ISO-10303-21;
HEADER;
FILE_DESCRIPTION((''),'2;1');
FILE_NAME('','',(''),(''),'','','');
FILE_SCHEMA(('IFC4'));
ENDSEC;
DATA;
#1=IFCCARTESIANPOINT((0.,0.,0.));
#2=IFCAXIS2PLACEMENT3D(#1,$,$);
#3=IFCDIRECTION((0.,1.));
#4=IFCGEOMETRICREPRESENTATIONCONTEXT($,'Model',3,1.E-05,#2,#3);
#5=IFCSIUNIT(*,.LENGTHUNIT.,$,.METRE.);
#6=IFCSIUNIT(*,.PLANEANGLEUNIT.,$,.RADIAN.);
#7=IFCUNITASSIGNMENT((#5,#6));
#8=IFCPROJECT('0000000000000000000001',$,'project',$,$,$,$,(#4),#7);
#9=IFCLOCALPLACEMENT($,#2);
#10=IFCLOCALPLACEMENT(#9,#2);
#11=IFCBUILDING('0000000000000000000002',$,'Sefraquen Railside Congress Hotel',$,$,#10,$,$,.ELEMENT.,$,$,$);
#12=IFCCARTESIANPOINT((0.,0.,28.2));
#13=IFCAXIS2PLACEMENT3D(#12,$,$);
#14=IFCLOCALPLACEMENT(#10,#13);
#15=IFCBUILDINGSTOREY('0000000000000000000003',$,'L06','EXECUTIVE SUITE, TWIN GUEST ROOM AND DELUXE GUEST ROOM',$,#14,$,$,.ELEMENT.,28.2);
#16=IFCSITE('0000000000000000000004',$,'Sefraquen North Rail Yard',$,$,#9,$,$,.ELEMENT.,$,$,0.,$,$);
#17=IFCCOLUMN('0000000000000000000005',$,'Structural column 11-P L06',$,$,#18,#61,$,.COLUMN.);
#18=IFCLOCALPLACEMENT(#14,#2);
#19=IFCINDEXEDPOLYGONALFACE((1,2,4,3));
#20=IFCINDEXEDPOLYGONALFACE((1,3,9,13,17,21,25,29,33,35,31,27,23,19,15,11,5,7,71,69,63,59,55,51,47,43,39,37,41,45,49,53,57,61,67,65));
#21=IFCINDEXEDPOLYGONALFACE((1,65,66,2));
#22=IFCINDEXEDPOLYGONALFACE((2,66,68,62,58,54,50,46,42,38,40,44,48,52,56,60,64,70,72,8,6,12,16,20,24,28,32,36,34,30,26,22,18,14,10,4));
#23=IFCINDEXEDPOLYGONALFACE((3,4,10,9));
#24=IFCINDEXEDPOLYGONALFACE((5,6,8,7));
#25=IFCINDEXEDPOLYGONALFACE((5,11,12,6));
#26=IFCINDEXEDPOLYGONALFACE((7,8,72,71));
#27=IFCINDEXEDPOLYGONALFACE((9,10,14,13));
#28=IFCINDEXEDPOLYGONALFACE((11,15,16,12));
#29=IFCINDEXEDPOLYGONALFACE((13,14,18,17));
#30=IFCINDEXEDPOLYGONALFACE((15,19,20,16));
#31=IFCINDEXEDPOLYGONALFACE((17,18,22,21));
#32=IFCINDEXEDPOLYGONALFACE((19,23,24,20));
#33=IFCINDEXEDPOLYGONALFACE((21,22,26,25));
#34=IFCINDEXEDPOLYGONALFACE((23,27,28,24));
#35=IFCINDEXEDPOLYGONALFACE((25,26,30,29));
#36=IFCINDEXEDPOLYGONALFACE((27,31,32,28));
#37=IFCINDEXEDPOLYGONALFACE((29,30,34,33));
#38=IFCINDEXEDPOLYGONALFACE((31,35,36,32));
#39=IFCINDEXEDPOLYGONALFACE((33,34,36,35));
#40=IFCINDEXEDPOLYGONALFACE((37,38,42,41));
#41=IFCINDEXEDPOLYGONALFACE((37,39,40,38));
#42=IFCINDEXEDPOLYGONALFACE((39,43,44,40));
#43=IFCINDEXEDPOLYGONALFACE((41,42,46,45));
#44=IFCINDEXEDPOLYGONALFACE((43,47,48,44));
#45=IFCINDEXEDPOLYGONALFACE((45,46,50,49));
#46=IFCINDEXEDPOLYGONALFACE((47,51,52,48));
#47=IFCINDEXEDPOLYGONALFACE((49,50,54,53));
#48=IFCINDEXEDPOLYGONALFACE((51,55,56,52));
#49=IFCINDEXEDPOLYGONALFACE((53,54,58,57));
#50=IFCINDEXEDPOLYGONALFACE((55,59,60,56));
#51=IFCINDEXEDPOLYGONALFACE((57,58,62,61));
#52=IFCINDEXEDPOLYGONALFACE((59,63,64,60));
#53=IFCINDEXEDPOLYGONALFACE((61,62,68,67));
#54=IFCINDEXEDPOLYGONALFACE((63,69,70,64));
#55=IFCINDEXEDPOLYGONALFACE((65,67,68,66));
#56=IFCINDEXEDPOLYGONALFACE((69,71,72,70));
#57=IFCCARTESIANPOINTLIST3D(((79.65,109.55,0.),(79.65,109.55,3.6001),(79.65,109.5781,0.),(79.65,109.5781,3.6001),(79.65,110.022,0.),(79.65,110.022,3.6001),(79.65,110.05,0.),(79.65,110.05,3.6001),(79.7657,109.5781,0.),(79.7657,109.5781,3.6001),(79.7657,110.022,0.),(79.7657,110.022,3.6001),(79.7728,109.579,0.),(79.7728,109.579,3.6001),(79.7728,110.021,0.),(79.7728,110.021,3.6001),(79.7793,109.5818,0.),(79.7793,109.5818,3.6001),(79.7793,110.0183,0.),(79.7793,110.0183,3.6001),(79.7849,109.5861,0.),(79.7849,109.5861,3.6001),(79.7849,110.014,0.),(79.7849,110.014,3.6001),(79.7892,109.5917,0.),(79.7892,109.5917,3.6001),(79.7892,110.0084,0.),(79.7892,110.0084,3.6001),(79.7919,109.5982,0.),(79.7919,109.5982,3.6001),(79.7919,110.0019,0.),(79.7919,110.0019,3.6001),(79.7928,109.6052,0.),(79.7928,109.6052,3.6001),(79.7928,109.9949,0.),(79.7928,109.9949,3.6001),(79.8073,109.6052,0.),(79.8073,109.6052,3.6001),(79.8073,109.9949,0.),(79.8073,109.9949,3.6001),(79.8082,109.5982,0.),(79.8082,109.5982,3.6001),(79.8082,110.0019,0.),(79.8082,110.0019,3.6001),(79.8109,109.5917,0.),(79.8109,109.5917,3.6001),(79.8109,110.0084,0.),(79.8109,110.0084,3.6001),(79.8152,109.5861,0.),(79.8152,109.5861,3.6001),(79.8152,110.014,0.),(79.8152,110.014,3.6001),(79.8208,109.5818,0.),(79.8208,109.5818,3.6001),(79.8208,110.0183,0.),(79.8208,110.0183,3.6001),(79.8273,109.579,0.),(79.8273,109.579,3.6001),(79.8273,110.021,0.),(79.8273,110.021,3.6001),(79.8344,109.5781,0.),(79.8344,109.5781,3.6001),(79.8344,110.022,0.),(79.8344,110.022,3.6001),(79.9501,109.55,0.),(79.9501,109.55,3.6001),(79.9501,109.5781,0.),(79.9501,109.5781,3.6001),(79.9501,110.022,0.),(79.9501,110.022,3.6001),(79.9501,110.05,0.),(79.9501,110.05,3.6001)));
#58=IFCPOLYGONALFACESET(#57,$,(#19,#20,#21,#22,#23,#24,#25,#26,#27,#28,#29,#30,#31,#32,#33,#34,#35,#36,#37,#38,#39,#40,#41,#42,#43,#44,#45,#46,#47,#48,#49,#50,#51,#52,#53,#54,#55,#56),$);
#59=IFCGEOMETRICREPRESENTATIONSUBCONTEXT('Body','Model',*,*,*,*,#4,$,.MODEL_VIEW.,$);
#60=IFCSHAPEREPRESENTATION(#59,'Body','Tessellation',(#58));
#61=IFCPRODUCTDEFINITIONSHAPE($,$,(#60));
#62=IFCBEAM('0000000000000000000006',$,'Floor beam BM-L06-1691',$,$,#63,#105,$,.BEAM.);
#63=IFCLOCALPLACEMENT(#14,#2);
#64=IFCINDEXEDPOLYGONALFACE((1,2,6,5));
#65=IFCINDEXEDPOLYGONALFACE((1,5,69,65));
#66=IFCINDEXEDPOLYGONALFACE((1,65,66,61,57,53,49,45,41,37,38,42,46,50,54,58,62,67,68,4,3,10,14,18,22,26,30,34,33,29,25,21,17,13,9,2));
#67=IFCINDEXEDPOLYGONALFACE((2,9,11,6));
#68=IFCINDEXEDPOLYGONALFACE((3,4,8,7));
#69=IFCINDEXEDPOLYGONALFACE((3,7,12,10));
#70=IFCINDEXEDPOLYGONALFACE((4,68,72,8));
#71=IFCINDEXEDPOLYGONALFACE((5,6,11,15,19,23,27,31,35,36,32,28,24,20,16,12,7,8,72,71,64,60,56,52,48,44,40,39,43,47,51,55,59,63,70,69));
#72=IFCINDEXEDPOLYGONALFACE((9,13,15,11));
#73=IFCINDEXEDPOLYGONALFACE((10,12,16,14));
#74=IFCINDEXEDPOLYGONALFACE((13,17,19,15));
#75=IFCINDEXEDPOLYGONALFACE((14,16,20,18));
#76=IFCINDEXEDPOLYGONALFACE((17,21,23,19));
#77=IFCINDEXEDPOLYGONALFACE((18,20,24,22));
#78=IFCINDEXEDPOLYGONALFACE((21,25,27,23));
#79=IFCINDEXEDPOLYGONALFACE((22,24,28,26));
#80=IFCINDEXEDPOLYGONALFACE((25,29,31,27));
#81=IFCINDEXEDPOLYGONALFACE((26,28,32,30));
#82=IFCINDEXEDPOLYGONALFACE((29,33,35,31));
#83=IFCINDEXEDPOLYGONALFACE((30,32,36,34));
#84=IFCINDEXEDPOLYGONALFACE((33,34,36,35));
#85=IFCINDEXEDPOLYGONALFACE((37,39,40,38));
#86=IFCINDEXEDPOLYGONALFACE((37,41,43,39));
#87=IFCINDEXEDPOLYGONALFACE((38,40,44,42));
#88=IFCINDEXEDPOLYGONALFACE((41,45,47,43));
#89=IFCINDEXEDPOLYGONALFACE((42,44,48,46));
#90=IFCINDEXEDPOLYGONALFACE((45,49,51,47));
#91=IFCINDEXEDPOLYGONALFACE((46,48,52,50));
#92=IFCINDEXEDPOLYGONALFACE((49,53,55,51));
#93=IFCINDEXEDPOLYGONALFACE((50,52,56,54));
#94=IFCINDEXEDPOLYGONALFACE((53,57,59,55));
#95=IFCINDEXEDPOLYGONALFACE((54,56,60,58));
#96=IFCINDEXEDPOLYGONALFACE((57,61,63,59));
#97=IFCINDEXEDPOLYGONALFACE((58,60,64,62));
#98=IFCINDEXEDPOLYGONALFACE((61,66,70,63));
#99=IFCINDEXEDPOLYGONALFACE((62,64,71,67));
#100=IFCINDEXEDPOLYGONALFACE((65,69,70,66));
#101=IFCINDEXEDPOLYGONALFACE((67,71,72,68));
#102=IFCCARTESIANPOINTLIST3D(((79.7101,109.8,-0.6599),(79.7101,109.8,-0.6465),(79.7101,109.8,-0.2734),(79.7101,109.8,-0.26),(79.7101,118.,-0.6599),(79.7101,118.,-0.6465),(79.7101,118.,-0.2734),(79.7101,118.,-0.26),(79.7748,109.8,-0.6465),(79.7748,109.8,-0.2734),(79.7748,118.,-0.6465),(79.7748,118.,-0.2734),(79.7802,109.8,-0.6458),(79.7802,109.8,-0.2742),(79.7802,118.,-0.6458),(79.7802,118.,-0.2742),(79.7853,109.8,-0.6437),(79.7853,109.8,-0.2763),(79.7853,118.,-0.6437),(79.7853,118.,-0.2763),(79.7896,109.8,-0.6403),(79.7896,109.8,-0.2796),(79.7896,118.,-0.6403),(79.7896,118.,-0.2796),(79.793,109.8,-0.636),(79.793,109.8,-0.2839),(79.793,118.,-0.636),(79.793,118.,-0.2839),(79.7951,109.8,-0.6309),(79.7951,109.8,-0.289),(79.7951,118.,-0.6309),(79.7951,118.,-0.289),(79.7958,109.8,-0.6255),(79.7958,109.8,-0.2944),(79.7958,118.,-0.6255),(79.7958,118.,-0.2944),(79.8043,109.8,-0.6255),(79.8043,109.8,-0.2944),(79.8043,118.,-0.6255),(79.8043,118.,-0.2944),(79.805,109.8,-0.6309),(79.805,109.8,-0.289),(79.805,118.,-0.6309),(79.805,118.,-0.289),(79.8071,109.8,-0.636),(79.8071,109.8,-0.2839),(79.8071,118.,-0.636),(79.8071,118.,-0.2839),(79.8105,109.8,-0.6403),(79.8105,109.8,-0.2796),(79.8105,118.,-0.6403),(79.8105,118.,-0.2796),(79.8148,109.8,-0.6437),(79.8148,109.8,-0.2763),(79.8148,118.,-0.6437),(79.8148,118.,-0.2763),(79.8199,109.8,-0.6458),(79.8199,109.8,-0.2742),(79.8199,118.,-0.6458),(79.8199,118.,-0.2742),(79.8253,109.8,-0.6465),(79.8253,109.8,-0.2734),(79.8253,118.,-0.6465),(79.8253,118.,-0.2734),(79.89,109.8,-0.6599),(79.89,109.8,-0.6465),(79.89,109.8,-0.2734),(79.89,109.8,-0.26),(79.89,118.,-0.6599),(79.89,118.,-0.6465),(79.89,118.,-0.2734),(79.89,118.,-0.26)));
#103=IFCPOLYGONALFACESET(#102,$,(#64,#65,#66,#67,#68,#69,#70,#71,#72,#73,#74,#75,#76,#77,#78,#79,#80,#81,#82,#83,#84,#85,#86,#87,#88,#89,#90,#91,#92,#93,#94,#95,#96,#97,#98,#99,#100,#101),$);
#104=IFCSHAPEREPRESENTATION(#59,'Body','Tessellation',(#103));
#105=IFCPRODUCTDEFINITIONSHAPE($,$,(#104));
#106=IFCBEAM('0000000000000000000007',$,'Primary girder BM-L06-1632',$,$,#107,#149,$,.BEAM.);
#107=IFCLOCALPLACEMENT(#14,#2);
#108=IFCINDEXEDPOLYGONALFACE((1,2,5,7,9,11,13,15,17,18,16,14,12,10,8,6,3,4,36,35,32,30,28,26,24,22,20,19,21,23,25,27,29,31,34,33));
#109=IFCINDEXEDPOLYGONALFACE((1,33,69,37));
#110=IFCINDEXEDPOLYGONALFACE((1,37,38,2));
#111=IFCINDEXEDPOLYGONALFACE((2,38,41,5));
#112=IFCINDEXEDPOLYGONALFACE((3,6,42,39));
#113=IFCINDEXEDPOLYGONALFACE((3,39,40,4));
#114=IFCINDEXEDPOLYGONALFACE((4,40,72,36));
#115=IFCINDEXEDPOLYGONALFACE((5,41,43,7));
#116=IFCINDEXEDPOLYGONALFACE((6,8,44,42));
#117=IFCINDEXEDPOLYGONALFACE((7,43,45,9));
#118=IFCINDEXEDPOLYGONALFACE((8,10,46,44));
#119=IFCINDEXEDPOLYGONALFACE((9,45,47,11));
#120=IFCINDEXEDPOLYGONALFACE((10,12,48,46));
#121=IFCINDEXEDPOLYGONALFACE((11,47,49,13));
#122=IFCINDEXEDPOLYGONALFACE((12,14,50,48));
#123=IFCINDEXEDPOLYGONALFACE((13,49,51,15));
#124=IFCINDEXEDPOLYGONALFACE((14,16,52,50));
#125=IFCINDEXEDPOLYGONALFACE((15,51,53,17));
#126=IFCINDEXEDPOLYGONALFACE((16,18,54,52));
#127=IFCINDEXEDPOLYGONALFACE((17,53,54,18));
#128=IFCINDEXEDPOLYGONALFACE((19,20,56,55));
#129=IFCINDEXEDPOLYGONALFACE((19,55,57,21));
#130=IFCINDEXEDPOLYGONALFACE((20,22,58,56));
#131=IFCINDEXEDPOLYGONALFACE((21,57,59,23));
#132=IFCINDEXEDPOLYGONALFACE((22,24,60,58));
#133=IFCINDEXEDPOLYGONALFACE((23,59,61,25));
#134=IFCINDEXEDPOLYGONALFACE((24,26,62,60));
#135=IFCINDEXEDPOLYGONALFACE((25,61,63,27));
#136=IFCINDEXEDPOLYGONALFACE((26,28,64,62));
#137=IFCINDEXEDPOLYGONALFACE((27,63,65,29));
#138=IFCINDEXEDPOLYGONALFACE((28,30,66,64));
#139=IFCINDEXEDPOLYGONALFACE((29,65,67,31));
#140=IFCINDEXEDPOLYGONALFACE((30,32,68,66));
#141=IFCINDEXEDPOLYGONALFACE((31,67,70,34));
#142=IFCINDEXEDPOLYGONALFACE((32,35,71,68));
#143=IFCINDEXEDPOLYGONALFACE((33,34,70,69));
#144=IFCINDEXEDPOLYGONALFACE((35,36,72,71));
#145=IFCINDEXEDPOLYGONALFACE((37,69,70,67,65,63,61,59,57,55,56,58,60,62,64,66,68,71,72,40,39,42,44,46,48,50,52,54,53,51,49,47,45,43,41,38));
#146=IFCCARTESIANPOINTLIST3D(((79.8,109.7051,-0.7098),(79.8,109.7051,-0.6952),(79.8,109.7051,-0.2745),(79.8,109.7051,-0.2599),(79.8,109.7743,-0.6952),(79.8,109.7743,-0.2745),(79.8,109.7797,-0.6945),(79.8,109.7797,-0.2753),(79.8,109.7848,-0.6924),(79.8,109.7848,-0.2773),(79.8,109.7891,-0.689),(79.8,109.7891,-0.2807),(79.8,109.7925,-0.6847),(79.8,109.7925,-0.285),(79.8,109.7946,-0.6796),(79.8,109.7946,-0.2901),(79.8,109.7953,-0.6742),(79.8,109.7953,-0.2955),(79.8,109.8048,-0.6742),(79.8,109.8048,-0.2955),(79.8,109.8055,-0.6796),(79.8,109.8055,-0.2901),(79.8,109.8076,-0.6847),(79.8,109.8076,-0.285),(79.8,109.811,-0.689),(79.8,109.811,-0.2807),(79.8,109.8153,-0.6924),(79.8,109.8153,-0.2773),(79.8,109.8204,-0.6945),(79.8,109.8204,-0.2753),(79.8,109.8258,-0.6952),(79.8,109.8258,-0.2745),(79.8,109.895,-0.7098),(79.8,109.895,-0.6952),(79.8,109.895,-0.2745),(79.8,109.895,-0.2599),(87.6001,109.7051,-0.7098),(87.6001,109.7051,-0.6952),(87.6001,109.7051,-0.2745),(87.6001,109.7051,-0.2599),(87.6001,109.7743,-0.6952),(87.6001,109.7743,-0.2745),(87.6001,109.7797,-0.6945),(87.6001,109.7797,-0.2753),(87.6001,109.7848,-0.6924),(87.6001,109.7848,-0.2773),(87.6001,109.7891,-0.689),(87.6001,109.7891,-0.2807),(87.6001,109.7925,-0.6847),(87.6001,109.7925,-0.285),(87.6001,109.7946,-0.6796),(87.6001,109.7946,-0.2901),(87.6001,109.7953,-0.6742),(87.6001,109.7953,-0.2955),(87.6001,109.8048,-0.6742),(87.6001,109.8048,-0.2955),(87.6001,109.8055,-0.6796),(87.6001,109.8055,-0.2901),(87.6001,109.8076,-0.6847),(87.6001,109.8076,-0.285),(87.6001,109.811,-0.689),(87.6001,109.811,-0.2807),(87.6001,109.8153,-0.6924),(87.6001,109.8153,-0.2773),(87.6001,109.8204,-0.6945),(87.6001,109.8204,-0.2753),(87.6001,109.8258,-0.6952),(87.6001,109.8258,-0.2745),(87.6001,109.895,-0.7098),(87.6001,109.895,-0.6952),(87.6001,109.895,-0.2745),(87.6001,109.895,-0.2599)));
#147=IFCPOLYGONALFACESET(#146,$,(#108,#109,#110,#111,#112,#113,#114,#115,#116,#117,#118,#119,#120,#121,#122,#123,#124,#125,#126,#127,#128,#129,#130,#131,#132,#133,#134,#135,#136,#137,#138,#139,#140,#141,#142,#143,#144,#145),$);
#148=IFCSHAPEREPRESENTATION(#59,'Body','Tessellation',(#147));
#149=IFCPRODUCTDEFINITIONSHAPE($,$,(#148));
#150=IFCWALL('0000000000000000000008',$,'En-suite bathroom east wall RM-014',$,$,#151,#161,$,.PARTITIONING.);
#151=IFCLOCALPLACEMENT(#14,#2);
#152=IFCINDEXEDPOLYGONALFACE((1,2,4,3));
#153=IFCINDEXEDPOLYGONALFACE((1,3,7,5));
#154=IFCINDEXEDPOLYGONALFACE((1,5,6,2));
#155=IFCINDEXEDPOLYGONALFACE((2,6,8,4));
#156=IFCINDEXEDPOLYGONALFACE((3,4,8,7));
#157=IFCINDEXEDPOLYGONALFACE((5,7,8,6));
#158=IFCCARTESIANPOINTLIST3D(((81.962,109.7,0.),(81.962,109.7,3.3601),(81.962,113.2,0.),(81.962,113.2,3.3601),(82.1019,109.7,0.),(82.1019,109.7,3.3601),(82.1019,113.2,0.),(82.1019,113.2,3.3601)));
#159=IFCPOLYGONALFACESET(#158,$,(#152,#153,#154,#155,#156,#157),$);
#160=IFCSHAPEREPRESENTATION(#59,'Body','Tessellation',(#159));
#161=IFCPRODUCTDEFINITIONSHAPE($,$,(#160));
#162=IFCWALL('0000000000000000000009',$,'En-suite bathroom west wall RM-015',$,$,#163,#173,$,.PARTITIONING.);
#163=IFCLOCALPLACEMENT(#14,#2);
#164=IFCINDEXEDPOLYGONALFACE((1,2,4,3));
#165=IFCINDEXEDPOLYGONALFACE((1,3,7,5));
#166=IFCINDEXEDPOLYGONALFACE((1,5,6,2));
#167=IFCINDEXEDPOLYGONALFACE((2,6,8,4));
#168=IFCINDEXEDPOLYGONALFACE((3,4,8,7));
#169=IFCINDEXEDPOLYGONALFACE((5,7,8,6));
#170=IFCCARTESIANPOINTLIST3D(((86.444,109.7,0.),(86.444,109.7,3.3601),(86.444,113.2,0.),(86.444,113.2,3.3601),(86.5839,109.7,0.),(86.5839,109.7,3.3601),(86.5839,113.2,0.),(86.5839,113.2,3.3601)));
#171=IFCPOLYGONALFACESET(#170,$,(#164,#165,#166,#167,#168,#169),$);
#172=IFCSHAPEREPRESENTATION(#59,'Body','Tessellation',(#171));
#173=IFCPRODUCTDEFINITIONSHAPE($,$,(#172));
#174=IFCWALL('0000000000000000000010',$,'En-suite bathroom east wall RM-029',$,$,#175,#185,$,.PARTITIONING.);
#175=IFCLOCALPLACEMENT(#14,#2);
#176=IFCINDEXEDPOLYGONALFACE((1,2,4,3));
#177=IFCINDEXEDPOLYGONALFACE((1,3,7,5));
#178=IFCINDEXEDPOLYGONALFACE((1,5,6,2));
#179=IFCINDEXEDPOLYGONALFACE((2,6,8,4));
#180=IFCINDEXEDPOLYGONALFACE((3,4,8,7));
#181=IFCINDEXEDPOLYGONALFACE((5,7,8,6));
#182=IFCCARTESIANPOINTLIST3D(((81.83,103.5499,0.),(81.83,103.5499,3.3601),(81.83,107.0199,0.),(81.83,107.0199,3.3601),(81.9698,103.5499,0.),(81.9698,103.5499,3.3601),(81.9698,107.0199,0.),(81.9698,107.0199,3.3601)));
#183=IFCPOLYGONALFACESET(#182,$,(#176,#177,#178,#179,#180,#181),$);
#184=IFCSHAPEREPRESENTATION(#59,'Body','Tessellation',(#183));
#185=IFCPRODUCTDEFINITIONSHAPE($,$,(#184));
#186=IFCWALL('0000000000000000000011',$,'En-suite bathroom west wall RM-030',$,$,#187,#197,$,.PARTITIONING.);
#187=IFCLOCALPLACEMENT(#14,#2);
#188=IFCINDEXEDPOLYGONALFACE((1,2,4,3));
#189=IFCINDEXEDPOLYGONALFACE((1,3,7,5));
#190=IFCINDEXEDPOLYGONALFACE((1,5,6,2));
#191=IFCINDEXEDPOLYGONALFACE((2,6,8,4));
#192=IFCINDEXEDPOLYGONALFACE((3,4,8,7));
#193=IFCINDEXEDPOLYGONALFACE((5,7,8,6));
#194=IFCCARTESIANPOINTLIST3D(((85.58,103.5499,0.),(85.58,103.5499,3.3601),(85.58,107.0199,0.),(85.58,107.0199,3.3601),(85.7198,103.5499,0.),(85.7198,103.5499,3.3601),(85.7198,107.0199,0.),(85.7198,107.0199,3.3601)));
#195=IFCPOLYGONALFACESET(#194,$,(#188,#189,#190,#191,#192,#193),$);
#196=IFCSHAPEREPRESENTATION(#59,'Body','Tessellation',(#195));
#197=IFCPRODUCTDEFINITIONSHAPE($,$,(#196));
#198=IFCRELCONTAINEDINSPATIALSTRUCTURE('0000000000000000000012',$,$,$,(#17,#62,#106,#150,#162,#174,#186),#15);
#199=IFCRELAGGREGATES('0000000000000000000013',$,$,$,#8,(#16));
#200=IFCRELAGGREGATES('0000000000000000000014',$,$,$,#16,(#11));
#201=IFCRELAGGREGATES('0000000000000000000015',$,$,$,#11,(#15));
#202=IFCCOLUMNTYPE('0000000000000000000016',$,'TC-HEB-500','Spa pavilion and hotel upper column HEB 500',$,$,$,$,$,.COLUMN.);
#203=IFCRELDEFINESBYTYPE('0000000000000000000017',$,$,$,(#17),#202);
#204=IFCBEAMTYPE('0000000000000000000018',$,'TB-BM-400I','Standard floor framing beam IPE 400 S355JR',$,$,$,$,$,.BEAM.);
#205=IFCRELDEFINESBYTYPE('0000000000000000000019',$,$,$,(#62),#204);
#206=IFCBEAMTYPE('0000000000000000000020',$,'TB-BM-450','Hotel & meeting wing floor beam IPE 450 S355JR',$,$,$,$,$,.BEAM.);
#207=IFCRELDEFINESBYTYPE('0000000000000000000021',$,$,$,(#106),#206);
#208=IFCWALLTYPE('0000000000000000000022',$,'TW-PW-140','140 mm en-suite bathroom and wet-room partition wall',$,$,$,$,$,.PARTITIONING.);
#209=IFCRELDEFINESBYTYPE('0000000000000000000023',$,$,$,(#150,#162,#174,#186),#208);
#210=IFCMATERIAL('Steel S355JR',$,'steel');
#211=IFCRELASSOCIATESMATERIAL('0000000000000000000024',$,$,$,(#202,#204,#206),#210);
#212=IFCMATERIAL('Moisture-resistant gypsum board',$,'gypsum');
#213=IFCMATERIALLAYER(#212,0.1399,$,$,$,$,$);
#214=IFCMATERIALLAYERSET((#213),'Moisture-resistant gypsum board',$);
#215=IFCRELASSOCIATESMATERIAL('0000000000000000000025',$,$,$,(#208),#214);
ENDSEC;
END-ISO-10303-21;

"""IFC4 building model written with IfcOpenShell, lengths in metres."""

from ifc_helpers import new_model, si_unit, direction, frame, frame_2d, origin, origin_2d, place, context, subcontext, project, spatial, rectangle, i_section, extrude, material, layer, layer_set, material_profile, profile_set, type_object, element, save


model = new_model("IFC4")

# Units and contexts
model_context = context("Model", 3, precision=1e-05, world=origin(), true_north=direction((0.0, 1.0)))
body_context = subcontext(model_context, "Body", "Model", "MODEL_VIEW")
ifc_project = project(units=[si_unit("LENGTHUNIT", "METRE"), si_unit("PLANEANGLEUNIT", "RADIAN")], contexts=[model_context])

# Site, building, storey
site_placement = place(None, origin())
site = spatial("IfcSite", under=ifc_project, at=site_placement, Name="Sefraquen North Rail Yard", CompositionType="ELEMENT", RefElevation=0.0)
building_placement = place(site_placement, origin())
building = spatial("IfcBuilding", under=site, at=building_placement, Name="Sefraquen Railside Congress Hotel", CompositionType="ELEMENT")
storey_placement = place(building_placement, frame((0.0, 0.0, 28.2)))
storey = spatial("IfcBuildingStorey", under=building, at=storey_placement, Name="L06", Description="EXECUTIVE SUITE, TWIN GUEST ROOM AND DELUXE GUEST ROOM", CompositionType="ELEMENT", Elevation=28.2)

# Column
ifc_material_1 = material(Name="Steel S355JR", Category="steel")
ifc_material_profile_1 = material_profile(ifc_material_1, i_section(OverallWidth=0.3, OverallDepth=0.5, WebThickness=0.0144, FlangeThickness=0.0281, FilletRadius=0.0271, at=origin_2d()), Name="HEB 500")
ifc_profile_set_1 = profile_set([ifc_material_profile_1], Name="Steel S355JR")
column_type = type_object("IfcColumnType", Name="TC-HEB-500", Description="Spa pavilion and hotel upper column HEB 500", PredefinedType="COLUMN", material=ifc_profile_set_1)
column_placement = place(storey_placement, frame((79.8, 109.8, 0.0), z_axis=(0.0, 0.0, 1.0), x_axis=(1.0, 0.0, 0.0)))
element("IfcColumn", 1, at=column_placement, inside=storey, type_object=column_type, Name="Structural column 11-P L06", PredefinedType="COLUMN", context=body_context, shape_type="SweptSolid", body=[
    extrude(i_section(OverallWidth=0.3, OverallDepth=0.5, WebThickness=0.0144, FlangeThickness=0.0281, FilletRadius=0.0271, at=origin_2d()), origin(), (0.0, 0.0, 1.0), 3.6001),
])

# Beams
ifc_material_profile_2 = material_profile(ifc_material_1, i_section(OverallWidth=0.1799, OverallDepth=0.3999, WebThickness=0.0085, FlangeThickness=0.0134, FilletRadius=0.021, at=origin_2d()), Name="IPE 400")
ifc_profile_set_2 = profile_set([ifc_material_profile_2], Name="Steel S355JR")
beam_type_1 = type_object("IfcBeamType", Name="TB-BM-400I", Description="Standard floor framing beam IPE 400 S355JR", PredefinedType="BEAM", material=ifc_profile_set_2)
beam_1_placement = place(storey_placement, frame((79.8, 109.8, -0.46), z_axis=(0.0, 1.0, 0.0), x_axis=(-1.0, 0.0, 0.0)))
element("IfcBeam", 2, at=beam_1_placement, inside=storey, type_object=beam_type_1, Name="Floor beam BM-L06-1691", PredefinedType="BEAM", context=body_context, shape_type="SweptSolid", body=[
    extrude(i_section(OverallWidth=0.1799, OverallDepth=0.3999, WebThickness=0.0085, FlangeThickness=0.0134, FilletRadius=0.021, at=origin_2d()), origin(), (0.0, 0.0, 1.0), 8.2),
])
ifc_material_profile_3 = material_profile(ifc_material_1, i_section(OverallWidth=0.1899, OverallDepth=0.45, WebThickness=0.0095, FlangeThickness=0.0146, FilletRadius=0.021, at=origin_2d()), Name="IPE 450")
ifc_profile_set_3 = profile_set([ifc_material_profile_3], Name="Steel S355JR")
beam_type_2 = type_object("IfcBeamType", Name="TB-BM-450", Description="Hotel & meeting wing floor beam IPE 450 S355JR", PredefinedType="BEAM", material=ifc_profile_set_3)
beam_2_placement = place(storey_placement, frame((79.8, 109.8, -0.4849), z_axis=(1.0, 0.0, 0.0), x_axis=(0.0, 1.0, 0.0)))
element("IfcBeam", 3, at=beam_2_placement, inside=storey, type_object=beam_type_2, Name="Primary girder BM-L06-1632", PredefinedType="BEAM", context=body_context, shape_type="SweptSolid", body=[
    extrude(i_section(OverallWidth=0.1899, OverallDepth=0.45, WebThickness=0.0095, FlangeThickness=0.0146, FilletRadius=0.021, at=origin_2d()), origin(), (0.0, 0.0, 1.0), 7.8),
])

# Walls
ifc_material_2 = material(Name="Moisture-resistant gypsum board", Category="gypsum")
ifc_layer_1 = layer(ifc_material_2, 0.1399)
ifc_layer_set_1 = layer_set([ifc_layer_1], Name="Moisture-resistant gypsum board")
wall_type_1 = type_object("IfcWallType", Name="TW-PW-140", Description="140 mm en-suite bathroom and wet-room partition wall", PredefinedType="PARTITIONING", material=ifc_layer_set_1)
for number, where, z_axis, x_axis, name in (
    (4, (82.032, 109.7, 0.0), (0.0, 0.0, 1.0), (0.0, 1.0, 0.0), "En-suite bathroom east wall RM-014"),
    (5, (86.5139, 109.7, 0.0), (0.0, 0.0, 1.0), (0.0, 1.0, 0.0), "En-suite bathroom west wall RM-015"),
):
    element("IfcWall", number, at=place(storey_placement, frame(where, z_axis=z_axis, x_axis=x_axis)), inside=storey, type_object=wall_type_1, Name=name, PredefinedType="PARTITIONING", context=body_context, shape_type="SweptSolid", body=[
        extrude(rectangle(XDim=3.5, YDim=0.1399, at=frame_2d((1.75, 0.0))), origin(), (0.0, 0.0, 1.0), 3.3601),
    ])
for number, where, z_axis, x_axis, name in (
    (6, (81.8999, 103.55, 0.0), (0.0, 0.0, 1.0), (0.0, 1.0, 0.0), "En-suite bathroom east wall RM-029"),
    (7, (85.6499, 103.55, 0.0), (0.0, 0.0, 1.0), (0.0, 1.0, 0.0), "En-suite bathroom west wall RM-030"),
):
    element("IfcWall", number, at=place(storey_placement, frame(where, z_axis=z_axis, x_axis=x_axis)), inside=storey, type_object=wall_type_1, Name=name, PredefinedType="PARTITIONING", context=body_context, shape_type="SweptSolid", body=[
        extrude(rectangle(XDim=3.47, YDim=0.1399, at=frame_2d((1.7349, 0.0))), origin(), (0.0, 0.0, 1.0), 3.3601),
    ])

save(model, "model.ifc")
